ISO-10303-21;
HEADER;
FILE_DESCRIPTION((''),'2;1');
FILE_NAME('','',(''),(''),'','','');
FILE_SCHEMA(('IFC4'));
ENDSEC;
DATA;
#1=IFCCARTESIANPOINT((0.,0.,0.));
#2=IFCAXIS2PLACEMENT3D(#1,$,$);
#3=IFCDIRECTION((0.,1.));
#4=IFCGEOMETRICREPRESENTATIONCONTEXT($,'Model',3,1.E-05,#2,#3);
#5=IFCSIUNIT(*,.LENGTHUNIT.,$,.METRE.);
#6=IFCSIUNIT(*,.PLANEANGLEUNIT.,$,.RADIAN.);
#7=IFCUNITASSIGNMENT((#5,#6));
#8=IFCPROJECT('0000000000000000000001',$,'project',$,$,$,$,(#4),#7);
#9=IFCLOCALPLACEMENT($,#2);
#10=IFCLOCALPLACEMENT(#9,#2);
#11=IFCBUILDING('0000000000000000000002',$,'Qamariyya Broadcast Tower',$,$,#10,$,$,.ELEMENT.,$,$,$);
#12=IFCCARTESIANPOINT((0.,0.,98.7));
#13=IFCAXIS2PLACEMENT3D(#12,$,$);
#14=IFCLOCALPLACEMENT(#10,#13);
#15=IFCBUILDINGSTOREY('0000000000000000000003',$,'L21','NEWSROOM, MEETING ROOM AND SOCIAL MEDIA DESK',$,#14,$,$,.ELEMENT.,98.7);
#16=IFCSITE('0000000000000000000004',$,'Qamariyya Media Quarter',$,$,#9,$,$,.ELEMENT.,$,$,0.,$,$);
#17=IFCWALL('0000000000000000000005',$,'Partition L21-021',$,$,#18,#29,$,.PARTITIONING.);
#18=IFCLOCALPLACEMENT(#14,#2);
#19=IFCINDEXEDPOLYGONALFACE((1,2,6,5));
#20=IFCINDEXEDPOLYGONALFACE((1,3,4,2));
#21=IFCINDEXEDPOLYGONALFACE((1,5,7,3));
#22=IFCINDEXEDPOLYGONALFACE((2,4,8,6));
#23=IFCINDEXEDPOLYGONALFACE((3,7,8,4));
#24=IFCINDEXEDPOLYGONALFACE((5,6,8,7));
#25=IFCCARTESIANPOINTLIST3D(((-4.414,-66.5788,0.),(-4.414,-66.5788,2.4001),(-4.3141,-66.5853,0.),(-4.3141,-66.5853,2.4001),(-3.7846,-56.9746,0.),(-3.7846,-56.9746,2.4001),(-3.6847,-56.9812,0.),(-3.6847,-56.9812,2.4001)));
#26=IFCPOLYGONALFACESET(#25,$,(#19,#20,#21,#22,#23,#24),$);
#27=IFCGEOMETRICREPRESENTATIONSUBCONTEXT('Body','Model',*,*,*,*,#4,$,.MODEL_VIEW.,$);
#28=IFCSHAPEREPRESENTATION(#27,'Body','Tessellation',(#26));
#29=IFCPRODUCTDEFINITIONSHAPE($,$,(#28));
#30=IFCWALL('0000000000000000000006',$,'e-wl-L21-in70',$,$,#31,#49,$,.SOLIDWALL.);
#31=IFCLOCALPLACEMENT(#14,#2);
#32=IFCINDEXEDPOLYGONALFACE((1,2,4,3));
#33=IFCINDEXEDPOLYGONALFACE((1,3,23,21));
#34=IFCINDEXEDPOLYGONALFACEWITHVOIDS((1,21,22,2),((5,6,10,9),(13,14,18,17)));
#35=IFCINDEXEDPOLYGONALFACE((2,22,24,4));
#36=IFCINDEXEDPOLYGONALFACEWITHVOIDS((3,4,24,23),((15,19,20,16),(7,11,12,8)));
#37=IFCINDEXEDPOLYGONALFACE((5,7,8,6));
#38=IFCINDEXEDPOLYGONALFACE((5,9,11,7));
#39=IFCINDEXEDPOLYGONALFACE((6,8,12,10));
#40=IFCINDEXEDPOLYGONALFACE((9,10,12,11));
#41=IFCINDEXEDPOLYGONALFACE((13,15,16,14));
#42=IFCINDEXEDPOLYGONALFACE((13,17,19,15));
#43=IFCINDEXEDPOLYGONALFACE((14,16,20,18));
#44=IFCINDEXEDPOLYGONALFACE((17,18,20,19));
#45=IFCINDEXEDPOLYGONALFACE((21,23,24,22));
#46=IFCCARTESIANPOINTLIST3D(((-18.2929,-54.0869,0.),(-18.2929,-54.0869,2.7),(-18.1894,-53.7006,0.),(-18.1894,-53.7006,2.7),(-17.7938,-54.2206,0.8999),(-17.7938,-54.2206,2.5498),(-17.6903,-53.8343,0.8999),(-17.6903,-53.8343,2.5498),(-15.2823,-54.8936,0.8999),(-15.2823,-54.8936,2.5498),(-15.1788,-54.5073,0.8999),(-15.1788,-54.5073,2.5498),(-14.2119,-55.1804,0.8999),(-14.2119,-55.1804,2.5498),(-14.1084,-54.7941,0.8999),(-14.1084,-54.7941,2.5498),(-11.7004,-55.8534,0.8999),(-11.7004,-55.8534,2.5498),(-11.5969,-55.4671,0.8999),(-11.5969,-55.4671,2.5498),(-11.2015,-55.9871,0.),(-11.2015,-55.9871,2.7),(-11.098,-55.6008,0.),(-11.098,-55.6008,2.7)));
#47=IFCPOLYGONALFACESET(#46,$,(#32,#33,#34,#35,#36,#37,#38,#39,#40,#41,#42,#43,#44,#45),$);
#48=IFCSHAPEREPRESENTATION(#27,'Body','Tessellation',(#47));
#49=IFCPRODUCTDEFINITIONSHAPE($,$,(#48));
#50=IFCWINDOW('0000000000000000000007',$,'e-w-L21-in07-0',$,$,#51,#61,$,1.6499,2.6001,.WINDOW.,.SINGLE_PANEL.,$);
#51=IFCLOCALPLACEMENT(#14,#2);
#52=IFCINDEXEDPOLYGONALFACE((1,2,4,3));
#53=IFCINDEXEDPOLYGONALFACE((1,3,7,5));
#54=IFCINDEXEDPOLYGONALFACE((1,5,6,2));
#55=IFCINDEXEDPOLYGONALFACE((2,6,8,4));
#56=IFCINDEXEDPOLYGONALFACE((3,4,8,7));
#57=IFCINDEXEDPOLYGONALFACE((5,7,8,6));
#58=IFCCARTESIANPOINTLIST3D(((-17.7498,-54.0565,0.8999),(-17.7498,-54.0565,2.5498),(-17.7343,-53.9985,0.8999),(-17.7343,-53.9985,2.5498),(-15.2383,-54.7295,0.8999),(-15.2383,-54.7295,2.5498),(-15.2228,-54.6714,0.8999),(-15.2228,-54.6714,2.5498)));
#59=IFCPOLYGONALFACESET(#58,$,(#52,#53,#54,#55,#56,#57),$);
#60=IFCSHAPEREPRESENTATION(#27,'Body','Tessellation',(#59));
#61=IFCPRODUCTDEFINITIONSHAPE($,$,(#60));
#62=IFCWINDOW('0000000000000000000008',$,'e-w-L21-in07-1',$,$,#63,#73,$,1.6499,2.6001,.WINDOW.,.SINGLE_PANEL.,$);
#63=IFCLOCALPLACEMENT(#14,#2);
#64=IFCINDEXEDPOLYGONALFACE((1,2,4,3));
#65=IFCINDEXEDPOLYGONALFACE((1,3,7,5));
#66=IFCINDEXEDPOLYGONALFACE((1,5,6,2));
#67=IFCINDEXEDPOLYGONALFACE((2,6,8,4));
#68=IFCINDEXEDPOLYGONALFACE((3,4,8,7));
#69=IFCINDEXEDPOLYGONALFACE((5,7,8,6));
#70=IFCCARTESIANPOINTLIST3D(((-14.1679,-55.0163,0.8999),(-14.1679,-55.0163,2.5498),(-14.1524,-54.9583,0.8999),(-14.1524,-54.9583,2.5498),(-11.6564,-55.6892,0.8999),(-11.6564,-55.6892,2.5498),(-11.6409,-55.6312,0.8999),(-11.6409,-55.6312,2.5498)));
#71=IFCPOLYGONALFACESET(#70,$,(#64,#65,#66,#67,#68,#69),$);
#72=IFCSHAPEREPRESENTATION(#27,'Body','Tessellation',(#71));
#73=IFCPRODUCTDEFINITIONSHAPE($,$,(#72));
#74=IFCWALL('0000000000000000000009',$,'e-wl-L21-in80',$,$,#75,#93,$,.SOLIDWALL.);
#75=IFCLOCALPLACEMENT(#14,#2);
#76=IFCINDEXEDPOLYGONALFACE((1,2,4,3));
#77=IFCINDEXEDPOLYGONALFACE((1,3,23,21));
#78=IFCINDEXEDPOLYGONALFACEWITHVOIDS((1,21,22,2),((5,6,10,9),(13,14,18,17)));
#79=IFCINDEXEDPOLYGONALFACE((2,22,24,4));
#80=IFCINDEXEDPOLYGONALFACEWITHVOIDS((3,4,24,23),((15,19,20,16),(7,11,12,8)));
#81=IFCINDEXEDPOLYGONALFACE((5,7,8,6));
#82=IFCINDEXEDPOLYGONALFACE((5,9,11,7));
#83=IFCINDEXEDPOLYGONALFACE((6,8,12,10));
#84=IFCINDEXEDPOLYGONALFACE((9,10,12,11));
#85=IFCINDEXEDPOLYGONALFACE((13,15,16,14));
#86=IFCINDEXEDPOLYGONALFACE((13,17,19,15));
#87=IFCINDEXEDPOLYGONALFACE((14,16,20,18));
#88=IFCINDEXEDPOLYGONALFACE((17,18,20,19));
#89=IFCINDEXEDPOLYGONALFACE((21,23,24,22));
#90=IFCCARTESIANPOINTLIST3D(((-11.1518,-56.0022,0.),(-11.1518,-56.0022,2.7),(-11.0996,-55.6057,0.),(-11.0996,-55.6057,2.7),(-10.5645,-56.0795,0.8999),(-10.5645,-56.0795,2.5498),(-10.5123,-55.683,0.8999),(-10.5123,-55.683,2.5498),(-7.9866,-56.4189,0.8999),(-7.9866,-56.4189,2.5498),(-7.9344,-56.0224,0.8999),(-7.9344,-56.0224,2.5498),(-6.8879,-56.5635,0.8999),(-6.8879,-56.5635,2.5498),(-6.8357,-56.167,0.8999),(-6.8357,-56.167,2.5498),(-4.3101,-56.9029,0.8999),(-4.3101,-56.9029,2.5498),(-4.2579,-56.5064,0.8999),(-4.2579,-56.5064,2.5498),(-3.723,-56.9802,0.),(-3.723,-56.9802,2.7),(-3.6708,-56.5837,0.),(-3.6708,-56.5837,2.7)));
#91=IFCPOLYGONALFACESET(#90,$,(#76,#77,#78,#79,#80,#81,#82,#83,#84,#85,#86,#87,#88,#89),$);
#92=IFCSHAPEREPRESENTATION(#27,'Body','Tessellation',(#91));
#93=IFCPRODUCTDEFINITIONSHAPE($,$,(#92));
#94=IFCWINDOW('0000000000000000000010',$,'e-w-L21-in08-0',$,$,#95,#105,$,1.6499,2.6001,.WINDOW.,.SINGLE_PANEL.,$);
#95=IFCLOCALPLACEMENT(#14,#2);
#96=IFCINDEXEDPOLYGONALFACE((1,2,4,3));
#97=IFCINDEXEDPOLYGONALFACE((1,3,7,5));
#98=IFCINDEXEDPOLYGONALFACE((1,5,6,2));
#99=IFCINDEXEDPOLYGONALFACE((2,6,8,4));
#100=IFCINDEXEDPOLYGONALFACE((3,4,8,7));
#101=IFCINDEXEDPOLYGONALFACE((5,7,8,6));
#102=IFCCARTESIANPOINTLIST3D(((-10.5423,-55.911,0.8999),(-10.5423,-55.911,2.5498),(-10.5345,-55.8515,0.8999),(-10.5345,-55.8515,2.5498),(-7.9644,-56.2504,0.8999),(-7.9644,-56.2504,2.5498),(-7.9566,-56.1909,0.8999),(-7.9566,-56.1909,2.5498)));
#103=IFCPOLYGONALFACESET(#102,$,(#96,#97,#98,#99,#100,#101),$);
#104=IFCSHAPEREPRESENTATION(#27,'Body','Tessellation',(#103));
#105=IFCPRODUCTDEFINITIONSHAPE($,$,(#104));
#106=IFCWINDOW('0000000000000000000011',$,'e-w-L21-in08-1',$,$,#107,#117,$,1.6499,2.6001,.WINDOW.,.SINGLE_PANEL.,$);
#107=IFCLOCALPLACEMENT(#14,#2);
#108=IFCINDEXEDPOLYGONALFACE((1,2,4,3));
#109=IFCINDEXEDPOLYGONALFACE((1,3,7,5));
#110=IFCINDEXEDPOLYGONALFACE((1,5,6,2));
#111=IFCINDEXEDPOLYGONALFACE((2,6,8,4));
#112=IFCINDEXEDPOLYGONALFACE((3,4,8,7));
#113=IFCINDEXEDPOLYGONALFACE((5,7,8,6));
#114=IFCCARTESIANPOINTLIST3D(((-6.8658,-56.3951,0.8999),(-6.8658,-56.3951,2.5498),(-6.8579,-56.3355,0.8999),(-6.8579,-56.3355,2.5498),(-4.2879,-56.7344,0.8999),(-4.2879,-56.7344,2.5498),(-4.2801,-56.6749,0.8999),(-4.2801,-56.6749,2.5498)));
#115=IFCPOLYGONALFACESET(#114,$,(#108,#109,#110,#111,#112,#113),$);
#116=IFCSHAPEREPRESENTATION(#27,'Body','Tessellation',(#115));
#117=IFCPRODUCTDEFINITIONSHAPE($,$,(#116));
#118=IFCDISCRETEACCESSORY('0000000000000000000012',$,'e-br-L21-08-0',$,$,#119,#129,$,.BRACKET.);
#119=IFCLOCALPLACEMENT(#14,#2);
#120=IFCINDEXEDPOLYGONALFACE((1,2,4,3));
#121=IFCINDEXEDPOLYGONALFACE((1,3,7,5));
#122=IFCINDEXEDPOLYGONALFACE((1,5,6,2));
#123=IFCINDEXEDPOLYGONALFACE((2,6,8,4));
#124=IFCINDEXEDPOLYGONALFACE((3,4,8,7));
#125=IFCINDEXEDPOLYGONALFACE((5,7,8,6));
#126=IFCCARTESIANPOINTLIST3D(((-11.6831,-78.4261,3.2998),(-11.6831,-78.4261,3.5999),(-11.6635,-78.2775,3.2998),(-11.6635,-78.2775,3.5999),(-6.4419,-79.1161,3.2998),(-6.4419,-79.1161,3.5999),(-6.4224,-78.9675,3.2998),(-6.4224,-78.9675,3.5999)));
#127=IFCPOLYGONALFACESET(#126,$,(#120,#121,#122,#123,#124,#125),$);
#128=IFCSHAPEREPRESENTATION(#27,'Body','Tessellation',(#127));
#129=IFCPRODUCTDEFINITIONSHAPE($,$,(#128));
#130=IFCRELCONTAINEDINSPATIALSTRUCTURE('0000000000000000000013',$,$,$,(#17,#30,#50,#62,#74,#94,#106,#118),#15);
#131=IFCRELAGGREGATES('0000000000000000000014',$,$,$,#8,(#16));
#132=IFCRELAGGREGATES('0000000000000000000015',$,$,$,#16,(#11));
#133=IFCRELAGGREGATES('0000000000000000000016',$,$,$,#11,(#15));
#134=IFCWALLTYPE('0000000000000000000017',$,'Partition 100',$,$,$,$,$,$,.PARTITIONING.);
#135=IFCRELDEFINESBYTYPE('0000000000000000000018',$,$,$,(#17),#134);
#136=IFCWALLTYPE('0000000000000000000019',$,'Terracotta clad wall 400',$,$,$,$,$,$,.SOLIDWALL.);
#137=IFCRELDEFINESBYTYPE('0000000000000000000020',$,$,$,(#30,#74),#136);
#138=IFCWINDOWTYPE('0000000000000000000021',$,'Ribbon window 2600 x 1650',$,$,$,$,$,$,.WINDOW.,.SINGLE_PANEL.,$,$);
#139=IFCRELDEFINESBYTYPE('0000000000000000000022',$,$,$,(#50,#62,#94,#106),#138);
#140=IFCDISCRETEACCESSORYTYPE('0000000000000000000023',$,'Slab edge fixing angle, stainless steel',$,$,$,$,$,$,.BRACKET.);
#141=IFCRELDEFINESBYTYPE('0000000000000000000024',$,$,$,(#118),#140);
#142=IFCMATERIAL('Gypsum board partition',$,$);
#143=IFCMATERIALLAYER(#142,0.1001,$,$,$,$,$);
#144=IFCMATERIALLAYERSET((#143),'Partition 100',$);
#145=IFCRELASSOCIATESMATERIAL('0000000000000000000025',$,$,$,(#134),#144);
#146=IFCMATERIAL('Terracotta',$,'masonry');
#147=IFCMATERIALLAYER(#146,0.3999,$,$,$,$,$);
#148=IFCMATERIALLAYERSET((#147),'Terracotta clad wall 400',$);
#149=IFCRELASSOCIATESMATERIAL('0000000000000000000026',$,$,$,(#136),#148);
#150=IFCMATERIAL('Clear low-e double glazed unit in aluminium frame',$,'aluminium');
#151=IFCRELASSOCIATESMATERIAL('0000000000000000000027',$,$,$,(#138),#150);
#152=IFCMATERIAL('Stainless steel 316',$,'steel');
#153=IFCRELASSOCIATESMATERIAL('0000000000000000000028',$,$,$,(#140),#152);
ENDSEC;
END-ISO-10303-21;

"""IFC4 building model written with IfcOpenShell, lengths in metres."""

from ifc_helpers import new_model, si_unit, direction, frame, frame_2d, origin, origin_2d, place, context, subcontext, project, spatial, rectangle, extrude, material, layer, layer_set, type_object, element, fill, save


model = new_model("IFC4")

# Units and contexts
model_context = context("Model", 3, precision=1e-05, world=origin(), true_north=direction((0.0, 1.0)))
body_context = subcontext(model_context, "Body", "Model", "MODEL_VIEW")
ifc_project = project(units=[si_unit("LENGTHUNIT", "METRE"), si_unit("PLANEANGLEUNIT", "RADIAN")], contexts=[model_context])

# Site, building, storey
site_placement = place(None, origin())
site = spatial("IfcSite", under=ifc_project, at=site_placement, Name="Qamariyya Media Quarter", CompositionType="ELEMENT", RefElevation=0.0)
building_placement = place(site_placement, origin())
building = spatial("IfcBuilding", under=site, at=building_placement, Name="Qamariyya Broadcast Tower", CompositionType="ELEMENT")
storey_placement = place(building_placement, frame((0.0, 0.0, 98.7)))
storey = spatial("IfcBuildingStorey", under=building, at=storey_placement, Name="L21", Description="NEWSROOM, MEETING ROOM AND SOCIAL MEDIA DESK", CompositionType="ELEMENT", Elevation=98.7)

# Shared definitions
ifc_material_1 = material(Name="Gypsum board partition")

# Wall
ifc_layer_1 = layer(ifc_material_1, 0.1001)
ifc_layer_set_1 = layer_set([ifc_layer_1], Name="Partition 100")
wall_type_1 = type_object("IfcWallType", Name="Partition 100", PredefinedType="PARTITIONING", material=ifc_layer_set_1)
for number, where, z_axis, x_axis, name in (
    (1, (-3.7346, -56.9778, 0.0), (0.0, 0.0, 1.0), (-0.065393, -0.99786, 0.0), "Partition L21-021"),
):
    element("IfcWall", number, at=place(storey_placement, frame(where, z_axis=z_axis, x_axis=x_axis)), inside=storey, type_object=wall_type_1, Name=name, PredefinedType="PARTITIONING", context=body_context, shape_type="SweptSolid", body=[
        extrude(rectangle(XDim=9.6248, YDim=0.1001, at=frame_2d((4.8125, 0.0))), origin(), (0.0, 0.0, 1.0), 2.4001),
    ])

# Walls, openings, windows
ifc_material_2 = material(Name="Terracotta", Category="masonry")
ifc_layer_2 = layer(ifc_material_2, 0.3999)
ifc_layer_set_2 = layer_set([ifc_layer_2], Name="Terracotta clad wall 400")
wall_type_2 = type_object("IfcWallType", Name="Terracotta clad wall 400", PredefinedType="SOLIDWALL", material=ifc_layer_set_2)
wall_1_placement = place(storey_placement, frame((-11.1497, -55.7939, 0.0), z_axis=(0.0, 0.0, 1.0), x_axis=(-0.965925, 0.258824, 0.0)))
wall_1 = element("IfcWall", 2, at=wall_1_placement, inside=storey, type_object=wall_type_2, Name="e-wl-L21-in70", PredefinedType="SOLIDWALL", context=body_context, shape_type="SweptSolid", body=[
    extrude(rectangle(XDim=7.3416, YDim=0.3999, at=frame_2d((3.6709, 0.0))), origin(), (0.0, 0.0, 1.0), 2.7),
])
opening_1_placement = place(wall_1_placement, frame((4.2249, 0.0, 0.8999)))
opening_1 = element("IfcOpeningElement", 3, at=opening_1_placement, cuts=wall_1, PredefinedType="OPENING", context=body_context, shape_type="SweptSolid", body=[
    extrude(rectangle(XDim=2.6001, YDim=1.6499, at=frame_2d((1.3, 0.825))), frame((0.0, 0.21, 0.0), z_axis=(0.0, -1.0, 0.0), x_axis=(1.0, 0.0, 0.0)), (0.0, 0.0, 1.0), 0.4199),
])
opening_2_placement = place(wall_1_placement, frame((0.5166, 0.0, 0.8999)))
opening_2 = element("IfcOpeningElement", 4, at=opening_2_placement, cuts=wall_1, PredefinedType="OPENING", context=body_context, shape_type="SweptSolid", body=[
    extrude(rectangle(XDim=2.6001, YDim=1.6499, at=frame_2d((1.3, 0.825))), frame((0.0, 0.21, 0.0), z_axis=(0.0, -1.0, 0.0), x_axis=(1.0, 0.0, 0.0)), (0.0, 0.0, 1.0), 0.4199),
])
ifc_material_3 = material(Name="Clear low-e double glazed unit in aluminium frame", Category="aluminium")
window_type = type_object("IfcWindowType", Name="Ribbon window 2600 x 1650", PartitioningType="SINGLE_PANEL", PredefinedType="WINDOW", material=ifc_material_3)
window_1_placement = place(opening_1_placement, origin())
window_1 = element("IfcWindow", 5, at=window_1_placement, inside=storey, type_object=window_type, Name="e-w-L21-in07-0", OverallHeight=1.6499, OverallWidth=2.6001, PartitioningType="SINGLE_PANEL", PredefinedType="WINDOW", context=body_context, shape_type="SweptSolid", body=[
    extrude(rectangle(XDim=2.6001, YDim=1.6499, at=frame_2d((1.3, 0.825))), frame((0.0, 0.03, 0.0), z_axis=(0.0, -1.0, 0.0), x_axis=(1.0, 0.0, 0.0)), (0.0, 0.0, 1.0), 0.0601),
])
fill(opening_1, window_1)
window_2_placement = place(opening_2_placement, origin())
window_2 = element("IfcWindow", 6, at=window_2_placement, inside=storey, type_object=window_type, Name="e-w-L21-in07-1", OverallHeight=1.6499, OverallWidth=2.6001, PartitioningType="SINGLE_PANEL", PredefinedType="WINDOW", context=body_context, shape_type="SweptSolid", body=[
    extrude(rectangle(XDim=2.6001, YDim=1.6499, at=frame_2d((1.3, 0.825))), frame((0.0, 0.03, 0.0), z_axis=(0.0, -1.0, 0.0), x_axis=(1.0, 0.0, 0.0)), (0.0, 0.0, 1.0), 0.0601),
])
fill(opening_2, window_2)
wall_2_placement = place(storey_placement, frame((-3.6968, -56.782, 0.0), z_axis=(0.0, 0.0, 1.0), x_axis=(-0.991445, 0.130529, 0.0)))
wall_2 = element("IfcWall", 7, at=wall_2_placement, inside=storey, type_object=wall_type_2, Name="e-wl-L21-in80", PredefinedType="SOLIDWALL", context=body_context, shape_type="SweptSolid", body=[
    extrude(rectangle(XDim=7.4929, YDim=0.3999, at=frame_2d((3.7466, 0.0))), origin(), (0.0, 0.0, 1.0), 2.7),
])
opening_3_placement = place(wall_2_placement, frame((4.3005, 0.0, 0.8999)))
opening_3 = element("IfcOpeningElement", 8, at=opening_3_placement, cuts=wall_2, PredefinedType="OPENING", context=body_context, shape_type="SweptSolid", body=[
    extrude(rectangle(XDim=2.6001, YDim=1.6499, at=frame_2d((1.3, 0.825))), frame((0.0, 0.21, 0.0), z_axis=(0.0, -1.0, 0.0), x_axis=(1.0, 0.0, 0.0)), (0.0, 0.0, 1.0), 0.4199),
])
opening_4_placement = place(wall_2_placement, frame((0.5923, 0.0, 0.8999)))
opening_4 = element("IfcOpeningElement", 9, at=opening_4_placement, cuts=wall_2, PredefinedType="OPENING", context=body_context, shape_type="SweptSolid", body=[
    extrude(rectangle(XDim=2.6001, YDim=1.6499, at=frame_2d((1.3, 0.825))), frame((0.0, 0.21, 0.0), z_axis=(0.0, -1.0, 0.0), x_axis=(1.0, 0.0, 0.0)), (0.0, 0.0, 1.0), 0.4199),
])
window_3_placement = place(opening_3_placement, origin())
window_3 = element("IfcWindow", 10, at=window_3_placement, inside=storey, type_object=window_type, Name="e-w-L21-in08-0", OverallHeight=1.6499, OverallWidth=2.6001, PartitioningType="SINGLE_PANEL", PredefinedType="WINDOW", context=body_context, shape_type="SweptSolid", body=[
    extrude(rectangle(XDim=2.6001, YDim=1.6499, at=frame_2d((1.3, 0.825))), frame((0.0, 0.03, 0.0), z_axis=(0.0, -1.0, 0.0), x_axis=(1.0, 0.0, 0.0)), (0.0, 0.0, 1.0), 0.0601),
])
fill(opening_3, window_3)
window_4_placement = place(opening_4_placement, origin())
window_4 = element("IfcWindow", 11, at=window_4_placement, inside=storey, type_object=window_type, Name="e-w-L21-in08-1", OverallHeight=1.6499, OverallWidth=2.6001, PartitioningType="SINGLE_PANEL", PredefinedType="WINDOW", context=body_context, shape_type="SweptSolid", body=[
    extrude(rectangle(XDim=2.6001, YDim=1.6499, at=frame_2d((1.3, 0.825))), frame((0.0, 0.03, 0.0), z_axis=(0.0, -1.0, 0.0), x_axis=(1.0, 0.0, 0.0)), (0.0, 0.0, 1.0), 0.0601),
])
fill(opening_4, window_4)

# Discrete accessory
ifc_material_4 = material(Name="Stainless steel 316", Category="steel")
discrete_accessory_type = type_object("IfcDiscreteAccessoryType", Name="Slab edge fixing angle, stainless steel", PredefinedType="BRACKET", material=ifc_material_4)
discrete_accessory_placement = place(storey_placement, frame((-9.0527, -78.6968, 3.2998), z_axis=(0.0, 0.0, 1.0), x_axis=(0.991445, -0.130526, 0.0)))
element("IfcDiscreteAccessory", 12, at=discrete_accessory_placement, inside=storey, type_object=discrete_accessory_type, Name="e-br-L21-08-0", PredefinedType="BRACKET", context=body_context, shape_type="SweptSolid", body=[
    extrude(rectangle(XDim=5.2864, YDim=0.1499, at=origin_2d()), origin(), (0.0, 0.0, 1.0), 0.3),
])

save(model, "model.ifc")
